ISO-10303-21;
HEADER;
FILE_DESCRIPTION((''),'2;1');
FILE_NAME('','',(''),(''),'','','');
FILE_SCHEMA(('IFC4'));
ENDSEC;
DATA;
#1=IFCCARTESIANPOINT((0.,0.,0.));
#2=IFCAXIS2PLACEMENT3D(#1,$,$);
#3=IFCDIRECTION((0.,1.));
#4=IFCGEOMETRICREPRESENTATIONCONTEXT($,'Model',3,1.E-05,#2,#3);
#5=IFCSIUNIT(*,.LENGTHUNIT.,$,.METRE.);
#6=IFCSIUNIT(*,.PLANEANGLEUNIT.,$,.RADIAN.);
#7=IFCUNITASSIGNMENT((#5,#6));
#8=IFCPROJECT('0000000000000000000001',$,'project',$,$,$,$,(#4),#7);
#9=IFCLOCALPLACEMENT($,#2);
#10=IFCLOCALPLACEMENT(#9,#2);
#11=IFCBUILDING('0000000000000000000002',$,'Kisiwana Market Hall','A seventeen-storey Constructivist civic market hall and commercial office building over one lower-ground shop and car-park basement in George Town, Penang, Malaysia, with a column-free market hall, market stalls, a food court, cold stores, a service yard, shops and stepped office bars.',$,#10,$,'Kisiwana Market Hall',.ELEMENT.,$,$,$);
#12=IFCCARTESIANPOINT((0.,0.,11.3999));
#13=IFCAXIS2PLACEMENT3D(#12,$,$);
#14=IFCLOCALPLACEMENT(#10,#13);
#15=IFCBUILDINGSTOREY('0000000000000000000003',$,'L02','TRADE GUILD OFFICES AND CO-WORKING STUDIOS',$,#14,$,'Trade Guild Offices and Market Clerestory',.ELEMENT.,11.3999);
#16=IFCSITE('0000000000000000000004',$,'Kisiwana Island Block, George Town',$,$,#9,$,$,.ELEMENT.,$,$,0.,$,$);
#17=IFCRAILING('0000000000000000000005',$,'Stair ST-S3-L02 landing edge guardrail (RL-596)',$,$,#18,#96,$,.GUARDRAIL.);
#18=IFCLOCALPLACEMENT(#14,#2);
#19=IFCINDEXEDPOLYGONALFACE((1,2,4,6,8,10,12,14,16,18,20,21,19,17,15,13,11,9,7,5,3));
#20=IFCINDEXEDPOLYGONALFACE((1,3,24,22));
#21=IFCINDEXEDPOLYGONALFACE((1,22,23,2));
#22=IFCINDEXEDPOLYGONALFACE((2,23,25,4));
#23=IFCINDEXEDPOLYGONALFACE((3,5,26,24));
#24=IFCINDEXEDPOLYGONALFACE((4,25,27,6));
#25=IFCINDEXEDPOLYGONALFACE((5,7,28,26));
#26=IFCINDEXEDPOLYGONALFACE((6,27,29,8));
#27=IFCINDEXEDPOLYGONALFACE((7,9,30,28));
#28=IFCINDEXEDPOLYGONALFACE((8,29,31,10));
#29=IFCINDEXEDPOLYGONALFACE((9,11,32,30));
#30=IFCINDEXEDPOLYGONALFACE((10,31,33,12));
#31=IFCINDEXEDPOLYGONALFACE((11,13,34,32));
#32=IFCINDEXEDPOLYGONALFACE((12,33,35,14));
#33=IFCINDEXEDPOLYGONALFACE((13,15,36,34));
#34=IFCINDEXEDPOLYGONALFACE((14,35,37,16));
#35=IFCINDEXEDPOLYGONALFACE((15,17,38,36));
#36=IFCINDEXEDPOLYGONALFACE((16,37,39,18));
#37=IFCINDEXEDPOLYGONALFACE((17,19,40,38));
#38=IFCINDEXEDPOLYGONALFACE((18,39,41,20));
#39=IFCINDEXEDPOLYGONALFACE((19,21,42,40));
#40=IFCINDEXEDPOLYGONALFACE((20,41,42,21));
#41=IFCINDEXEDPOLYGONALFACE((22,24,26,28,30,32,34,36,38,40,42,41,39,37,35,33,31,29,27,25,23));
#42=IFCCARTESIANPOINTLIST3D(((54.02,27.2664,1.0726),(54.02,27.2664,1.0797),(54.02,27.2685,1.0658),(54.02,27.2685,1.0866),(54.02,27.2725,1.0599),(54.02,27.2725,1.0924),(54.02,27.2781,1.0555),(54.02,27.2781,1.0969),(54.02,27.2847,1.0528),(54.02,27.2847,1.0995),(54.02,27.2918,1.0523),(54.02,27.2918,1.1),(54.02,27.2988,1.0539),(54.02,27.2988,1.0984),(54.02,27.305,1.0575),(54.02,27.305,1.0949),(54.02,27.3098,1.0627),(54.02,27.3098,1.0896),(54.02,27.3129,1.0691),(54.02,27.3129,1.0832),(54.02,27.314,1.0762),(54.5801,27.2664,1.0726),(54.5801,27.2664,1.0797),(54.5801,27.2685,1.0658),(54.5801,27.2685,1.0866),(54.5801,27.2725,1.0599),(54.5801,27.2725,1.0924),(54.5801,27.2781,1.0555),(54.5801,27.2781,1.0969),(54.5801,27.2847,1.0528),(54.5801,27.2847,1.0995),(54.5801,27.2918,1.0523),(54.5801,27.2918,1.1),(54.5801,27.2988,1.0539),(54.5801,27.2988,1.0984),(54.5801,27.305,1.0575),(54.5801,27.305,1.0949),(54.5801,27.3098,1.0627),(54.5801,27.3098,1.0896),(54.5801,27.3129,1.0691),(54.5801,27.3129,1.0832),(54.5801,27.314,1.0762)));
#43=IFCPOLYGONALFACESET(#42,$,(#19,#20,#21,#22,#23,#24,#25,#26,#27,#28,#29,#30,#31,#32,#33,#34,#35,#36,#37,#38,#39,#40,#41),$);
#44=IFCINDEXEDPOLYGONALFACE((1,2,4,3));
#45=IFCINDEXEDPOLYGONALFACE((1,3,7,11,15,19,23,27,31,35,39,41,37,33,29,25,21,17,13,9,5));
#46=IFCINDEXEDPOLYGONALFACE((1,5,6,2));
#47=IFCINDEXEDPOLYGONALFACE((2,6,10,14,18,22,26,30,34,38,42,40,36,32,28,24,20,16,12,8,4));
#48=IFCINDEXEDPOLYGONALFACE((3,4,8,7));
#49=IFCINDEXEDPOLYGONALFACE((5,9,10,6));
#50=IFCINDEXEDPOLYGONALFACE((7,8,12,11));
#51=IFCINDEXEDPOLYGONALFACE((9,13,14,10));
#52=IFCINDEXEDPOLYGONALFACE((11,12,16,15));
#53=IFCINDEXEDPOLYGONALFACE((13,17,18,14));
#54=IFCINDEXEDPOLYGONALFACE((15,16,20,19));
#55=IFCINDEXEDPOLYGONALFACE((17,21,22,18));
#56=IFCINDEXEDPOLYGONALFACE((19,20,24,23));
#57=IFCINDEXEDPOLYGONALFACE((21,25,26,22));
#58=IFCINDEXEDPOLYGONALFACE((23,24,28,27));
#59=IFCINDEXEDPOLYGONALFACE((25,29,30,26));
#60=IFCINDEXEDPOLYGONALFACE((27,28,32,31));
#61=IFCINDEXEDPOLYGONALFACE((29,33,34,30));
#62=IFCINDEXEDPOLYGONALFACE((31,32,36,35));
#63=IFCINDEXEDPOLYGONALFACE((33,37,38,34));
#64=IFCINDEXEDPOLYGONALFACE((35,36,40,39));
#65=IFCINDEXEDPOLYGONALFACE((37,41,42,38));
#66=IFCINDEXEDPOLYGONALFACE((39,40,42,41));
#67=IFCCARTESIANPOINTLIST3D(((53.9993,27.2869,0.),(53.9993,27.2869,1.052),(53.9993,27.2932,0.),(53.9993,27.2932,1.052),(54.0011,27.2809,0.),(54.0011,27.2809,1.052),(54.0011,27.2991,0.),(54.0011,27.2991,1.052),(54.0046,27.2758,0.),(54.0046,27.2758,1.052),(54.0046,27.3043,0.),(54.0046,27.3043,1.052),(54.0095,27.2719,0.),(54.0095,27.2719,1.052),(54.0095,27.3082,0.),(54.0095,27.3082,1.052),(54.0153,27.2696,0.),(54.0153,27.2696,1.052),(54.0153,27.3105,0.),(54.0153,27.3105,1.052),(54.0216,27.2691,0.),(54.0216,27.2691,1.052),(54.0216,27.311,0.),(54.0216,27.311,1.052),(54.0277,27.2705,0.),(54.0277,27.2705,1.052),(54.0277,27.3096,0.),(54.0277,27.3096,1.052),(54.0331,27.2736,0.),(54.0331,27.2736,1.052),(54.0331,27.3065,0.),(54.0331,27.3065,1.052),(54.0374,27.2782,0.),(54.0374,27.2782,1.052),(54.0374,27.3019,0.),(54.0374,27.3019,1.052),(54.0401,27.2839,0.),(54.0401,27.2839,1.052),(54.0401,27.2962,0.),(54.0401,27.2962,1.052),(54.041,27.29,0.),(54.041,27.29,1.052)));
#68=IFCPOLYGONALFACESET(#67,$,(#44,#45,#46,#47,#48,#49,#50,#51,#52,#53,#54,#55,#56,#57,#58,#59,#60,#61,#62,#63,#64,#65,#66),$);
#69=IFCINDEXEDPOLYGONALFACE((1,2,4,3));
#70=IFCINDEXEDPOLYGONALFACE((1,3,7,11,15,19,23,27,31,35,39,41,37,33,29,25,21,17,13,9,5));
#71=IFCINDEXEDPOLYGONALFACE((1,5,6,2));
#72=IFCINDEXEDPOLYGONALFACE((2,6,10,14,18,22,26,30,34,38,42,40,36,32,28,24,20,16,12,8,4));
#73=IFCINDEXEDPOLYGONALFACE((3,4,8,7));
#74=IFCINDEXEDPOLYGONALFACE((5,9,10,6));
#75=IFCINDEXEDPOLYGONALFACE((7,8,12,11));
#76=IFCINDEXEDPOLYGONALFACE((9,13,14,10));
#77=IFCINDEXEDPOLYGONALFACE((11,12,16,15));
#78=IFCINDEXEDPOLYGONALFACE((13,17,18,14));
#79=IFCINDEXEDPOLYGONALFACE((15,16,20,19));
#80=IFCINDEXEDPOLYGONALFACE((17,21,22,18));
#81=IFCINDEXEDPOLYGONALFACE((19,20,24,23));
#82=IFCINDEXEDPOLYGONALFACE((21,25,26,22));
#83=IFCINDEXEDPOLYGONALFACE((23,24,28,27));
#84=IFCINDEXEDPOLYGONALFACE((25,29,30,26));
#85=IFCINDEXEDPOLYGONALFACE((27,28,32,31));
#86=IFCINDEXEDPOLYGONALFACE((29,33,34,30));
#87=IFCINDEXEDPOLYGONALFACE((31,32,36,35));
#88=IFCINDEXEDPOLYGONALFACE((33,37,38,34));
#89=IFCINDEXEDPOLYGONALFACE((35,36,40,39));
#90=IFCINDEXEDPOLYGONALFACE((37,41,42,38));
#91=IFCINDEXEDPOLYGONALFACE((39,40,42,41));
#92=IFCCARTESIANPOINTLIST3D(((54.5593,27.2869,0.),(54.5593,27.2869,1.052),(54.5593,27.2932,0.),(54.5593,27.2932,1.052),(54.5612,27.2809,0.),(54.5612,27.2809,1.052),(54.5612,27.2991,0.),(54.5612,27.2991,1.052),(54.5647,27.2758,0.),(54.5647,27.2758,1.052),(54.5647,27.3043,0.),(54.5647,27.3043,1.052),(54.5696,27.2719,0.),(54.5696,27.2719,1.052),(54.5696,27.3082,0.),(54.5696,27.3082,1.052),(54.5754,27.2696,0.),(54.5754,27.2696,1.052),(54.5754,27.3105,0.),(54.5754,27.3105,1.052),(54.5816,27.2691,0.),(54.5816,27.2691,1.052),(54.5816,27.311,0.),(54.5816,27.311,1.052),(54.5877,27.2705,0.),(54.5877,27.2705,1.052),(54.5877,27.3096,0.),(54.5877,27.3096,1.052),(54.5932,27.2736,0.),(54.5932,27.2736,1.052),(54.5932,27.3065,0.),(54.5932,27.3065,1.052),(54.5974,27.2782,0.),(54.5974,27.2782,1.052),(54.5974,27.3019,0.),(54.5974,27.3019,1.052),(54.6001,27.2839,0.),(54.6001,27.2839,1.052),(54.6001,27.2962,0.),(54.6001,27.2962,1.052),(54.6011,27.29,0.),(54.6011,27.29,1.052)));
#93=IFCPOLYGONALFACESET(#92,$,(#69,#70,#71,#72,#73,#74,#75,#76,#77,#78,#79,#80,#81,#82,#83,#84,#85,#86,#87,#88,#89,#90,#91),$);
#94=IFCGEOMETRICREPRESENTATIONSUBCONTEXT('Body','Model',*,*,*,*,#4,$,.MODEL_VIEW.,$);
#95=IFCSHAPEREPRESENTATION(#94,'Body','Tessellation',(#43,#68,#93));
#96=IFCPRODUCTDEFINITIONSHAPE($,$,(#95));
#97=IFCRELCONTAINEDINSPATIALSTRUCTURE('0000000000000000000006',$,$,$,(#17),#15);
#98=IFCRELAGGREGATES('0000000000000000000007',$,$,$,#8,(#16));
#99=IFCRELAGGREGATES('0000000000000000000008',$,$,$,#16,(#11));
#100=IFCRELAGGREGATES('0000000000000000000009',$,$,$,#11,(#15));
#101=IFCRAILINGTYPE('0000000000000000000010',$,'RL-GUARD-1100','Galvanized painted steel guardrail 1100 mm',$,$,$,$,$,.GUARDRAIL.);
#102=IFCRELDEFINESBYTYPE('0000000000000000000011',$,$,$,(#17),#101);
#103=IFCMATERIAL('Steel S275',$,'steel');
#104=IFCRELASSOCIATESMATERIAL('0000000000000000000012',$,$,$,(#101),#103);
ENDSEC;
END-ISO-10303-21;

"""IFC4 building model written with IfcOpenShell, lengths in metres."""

from ifc_helpers import new_model, si_unit, direction, frame, origin, origin_2d, place, context, subcontext, project, spatial, circle, extrude, material, type_object, element, save


model = new_model("IFC4")

# Units and contexts
model_context = context("Model", 3, precision=1e-05, world=origin(), true_north=direction((0.0, 1.0)))
body_context = subcontext(model_context, "Body", "Model", "MODEL_VIEW")
ifc_project = project(units=[si_unit("LENGTHUNIT", "METRE"), si_unit("PLANEANGLEUNIT", "RADIAN")], contexts=[model_context])

# Site, building, storey
site_placement = place(None, origin())
site = spatial("IfcSite", under=ifc_project, at=site_placement, Name="Kisiwana Island Block, George Town", CompositionType="ELEMENT", RefElevation=0.0)
building_placement = place(site_placement, origin())
building = spatial("IfcBuilding", under=site, at=building_placement, Name="Kisiwana Market Hall", Description="A seventeen-storey Constructivist civic market hall and commercial office building over one lower-ground shop and car-park basement in George Town, Penang, Malaysia, with a column-free market hall, market stalls, a food court, cold stores, a service yard, shops and stepped office bars.", LongName="Kisiwana Market Hall", CompositionType="ELEMENT")
storey_placement = place(building_placement, frame((0.0, 0.0, 11.3999)))
storey = spatial("IfcBuildingStorey", under=building, at=storey_placement, Name="L02", Description="TRADE GUILD OFFICES AND CO-WORKING STUDIOS", LongName="Trade Guild Offices and Market Clerestory", CompositionType="ELEMENT", Elevation=11.3999)

# Railing
ifc_material_1 = material(Name="Steel S275", Category="steel")
railing_type_1 = type_object("IfcRailingType", Name="RL-GUARD-1100", Description="Galvanized painted steel guardrail 1100 mm", PredefinedType="GUARDRAIL", material=ifc_material_1)
railing_1_placement = place(storey_placement, frame((54.02, 27.29, 0.0)))
element("IfcRailing", 1, at=railing_1_placement, inside=storey, type_object=railing_type_1, Name="Stair ST-S3-L02 landing edge guardrail (RL-596)", PredefinedType="GUARDRAIL", context=body_context, shape_type="SweptSolid", body=[
    extrude(circle(Radius=0.0239, at=origin_2d()), frame((0.0, 0.0, 1.0762), z_axis=(1.0, 0.0, 0.0), x_axis=(0.0, 1.0, 0.0)), (0.0, 0.0, 1.0), 0.5601),
    extrude(circle(Radius=0.021, at=origin_2d()), origin(), (0.0, 0.0, 1.0), 1.052),
    extrude(circle(Radius=0.021, at=origin_2d()), frame((0.5601, 0.0, 0.0)), (0.0, 0.0, 1.0), 1.052),
])

save(model, "model.ifc")
